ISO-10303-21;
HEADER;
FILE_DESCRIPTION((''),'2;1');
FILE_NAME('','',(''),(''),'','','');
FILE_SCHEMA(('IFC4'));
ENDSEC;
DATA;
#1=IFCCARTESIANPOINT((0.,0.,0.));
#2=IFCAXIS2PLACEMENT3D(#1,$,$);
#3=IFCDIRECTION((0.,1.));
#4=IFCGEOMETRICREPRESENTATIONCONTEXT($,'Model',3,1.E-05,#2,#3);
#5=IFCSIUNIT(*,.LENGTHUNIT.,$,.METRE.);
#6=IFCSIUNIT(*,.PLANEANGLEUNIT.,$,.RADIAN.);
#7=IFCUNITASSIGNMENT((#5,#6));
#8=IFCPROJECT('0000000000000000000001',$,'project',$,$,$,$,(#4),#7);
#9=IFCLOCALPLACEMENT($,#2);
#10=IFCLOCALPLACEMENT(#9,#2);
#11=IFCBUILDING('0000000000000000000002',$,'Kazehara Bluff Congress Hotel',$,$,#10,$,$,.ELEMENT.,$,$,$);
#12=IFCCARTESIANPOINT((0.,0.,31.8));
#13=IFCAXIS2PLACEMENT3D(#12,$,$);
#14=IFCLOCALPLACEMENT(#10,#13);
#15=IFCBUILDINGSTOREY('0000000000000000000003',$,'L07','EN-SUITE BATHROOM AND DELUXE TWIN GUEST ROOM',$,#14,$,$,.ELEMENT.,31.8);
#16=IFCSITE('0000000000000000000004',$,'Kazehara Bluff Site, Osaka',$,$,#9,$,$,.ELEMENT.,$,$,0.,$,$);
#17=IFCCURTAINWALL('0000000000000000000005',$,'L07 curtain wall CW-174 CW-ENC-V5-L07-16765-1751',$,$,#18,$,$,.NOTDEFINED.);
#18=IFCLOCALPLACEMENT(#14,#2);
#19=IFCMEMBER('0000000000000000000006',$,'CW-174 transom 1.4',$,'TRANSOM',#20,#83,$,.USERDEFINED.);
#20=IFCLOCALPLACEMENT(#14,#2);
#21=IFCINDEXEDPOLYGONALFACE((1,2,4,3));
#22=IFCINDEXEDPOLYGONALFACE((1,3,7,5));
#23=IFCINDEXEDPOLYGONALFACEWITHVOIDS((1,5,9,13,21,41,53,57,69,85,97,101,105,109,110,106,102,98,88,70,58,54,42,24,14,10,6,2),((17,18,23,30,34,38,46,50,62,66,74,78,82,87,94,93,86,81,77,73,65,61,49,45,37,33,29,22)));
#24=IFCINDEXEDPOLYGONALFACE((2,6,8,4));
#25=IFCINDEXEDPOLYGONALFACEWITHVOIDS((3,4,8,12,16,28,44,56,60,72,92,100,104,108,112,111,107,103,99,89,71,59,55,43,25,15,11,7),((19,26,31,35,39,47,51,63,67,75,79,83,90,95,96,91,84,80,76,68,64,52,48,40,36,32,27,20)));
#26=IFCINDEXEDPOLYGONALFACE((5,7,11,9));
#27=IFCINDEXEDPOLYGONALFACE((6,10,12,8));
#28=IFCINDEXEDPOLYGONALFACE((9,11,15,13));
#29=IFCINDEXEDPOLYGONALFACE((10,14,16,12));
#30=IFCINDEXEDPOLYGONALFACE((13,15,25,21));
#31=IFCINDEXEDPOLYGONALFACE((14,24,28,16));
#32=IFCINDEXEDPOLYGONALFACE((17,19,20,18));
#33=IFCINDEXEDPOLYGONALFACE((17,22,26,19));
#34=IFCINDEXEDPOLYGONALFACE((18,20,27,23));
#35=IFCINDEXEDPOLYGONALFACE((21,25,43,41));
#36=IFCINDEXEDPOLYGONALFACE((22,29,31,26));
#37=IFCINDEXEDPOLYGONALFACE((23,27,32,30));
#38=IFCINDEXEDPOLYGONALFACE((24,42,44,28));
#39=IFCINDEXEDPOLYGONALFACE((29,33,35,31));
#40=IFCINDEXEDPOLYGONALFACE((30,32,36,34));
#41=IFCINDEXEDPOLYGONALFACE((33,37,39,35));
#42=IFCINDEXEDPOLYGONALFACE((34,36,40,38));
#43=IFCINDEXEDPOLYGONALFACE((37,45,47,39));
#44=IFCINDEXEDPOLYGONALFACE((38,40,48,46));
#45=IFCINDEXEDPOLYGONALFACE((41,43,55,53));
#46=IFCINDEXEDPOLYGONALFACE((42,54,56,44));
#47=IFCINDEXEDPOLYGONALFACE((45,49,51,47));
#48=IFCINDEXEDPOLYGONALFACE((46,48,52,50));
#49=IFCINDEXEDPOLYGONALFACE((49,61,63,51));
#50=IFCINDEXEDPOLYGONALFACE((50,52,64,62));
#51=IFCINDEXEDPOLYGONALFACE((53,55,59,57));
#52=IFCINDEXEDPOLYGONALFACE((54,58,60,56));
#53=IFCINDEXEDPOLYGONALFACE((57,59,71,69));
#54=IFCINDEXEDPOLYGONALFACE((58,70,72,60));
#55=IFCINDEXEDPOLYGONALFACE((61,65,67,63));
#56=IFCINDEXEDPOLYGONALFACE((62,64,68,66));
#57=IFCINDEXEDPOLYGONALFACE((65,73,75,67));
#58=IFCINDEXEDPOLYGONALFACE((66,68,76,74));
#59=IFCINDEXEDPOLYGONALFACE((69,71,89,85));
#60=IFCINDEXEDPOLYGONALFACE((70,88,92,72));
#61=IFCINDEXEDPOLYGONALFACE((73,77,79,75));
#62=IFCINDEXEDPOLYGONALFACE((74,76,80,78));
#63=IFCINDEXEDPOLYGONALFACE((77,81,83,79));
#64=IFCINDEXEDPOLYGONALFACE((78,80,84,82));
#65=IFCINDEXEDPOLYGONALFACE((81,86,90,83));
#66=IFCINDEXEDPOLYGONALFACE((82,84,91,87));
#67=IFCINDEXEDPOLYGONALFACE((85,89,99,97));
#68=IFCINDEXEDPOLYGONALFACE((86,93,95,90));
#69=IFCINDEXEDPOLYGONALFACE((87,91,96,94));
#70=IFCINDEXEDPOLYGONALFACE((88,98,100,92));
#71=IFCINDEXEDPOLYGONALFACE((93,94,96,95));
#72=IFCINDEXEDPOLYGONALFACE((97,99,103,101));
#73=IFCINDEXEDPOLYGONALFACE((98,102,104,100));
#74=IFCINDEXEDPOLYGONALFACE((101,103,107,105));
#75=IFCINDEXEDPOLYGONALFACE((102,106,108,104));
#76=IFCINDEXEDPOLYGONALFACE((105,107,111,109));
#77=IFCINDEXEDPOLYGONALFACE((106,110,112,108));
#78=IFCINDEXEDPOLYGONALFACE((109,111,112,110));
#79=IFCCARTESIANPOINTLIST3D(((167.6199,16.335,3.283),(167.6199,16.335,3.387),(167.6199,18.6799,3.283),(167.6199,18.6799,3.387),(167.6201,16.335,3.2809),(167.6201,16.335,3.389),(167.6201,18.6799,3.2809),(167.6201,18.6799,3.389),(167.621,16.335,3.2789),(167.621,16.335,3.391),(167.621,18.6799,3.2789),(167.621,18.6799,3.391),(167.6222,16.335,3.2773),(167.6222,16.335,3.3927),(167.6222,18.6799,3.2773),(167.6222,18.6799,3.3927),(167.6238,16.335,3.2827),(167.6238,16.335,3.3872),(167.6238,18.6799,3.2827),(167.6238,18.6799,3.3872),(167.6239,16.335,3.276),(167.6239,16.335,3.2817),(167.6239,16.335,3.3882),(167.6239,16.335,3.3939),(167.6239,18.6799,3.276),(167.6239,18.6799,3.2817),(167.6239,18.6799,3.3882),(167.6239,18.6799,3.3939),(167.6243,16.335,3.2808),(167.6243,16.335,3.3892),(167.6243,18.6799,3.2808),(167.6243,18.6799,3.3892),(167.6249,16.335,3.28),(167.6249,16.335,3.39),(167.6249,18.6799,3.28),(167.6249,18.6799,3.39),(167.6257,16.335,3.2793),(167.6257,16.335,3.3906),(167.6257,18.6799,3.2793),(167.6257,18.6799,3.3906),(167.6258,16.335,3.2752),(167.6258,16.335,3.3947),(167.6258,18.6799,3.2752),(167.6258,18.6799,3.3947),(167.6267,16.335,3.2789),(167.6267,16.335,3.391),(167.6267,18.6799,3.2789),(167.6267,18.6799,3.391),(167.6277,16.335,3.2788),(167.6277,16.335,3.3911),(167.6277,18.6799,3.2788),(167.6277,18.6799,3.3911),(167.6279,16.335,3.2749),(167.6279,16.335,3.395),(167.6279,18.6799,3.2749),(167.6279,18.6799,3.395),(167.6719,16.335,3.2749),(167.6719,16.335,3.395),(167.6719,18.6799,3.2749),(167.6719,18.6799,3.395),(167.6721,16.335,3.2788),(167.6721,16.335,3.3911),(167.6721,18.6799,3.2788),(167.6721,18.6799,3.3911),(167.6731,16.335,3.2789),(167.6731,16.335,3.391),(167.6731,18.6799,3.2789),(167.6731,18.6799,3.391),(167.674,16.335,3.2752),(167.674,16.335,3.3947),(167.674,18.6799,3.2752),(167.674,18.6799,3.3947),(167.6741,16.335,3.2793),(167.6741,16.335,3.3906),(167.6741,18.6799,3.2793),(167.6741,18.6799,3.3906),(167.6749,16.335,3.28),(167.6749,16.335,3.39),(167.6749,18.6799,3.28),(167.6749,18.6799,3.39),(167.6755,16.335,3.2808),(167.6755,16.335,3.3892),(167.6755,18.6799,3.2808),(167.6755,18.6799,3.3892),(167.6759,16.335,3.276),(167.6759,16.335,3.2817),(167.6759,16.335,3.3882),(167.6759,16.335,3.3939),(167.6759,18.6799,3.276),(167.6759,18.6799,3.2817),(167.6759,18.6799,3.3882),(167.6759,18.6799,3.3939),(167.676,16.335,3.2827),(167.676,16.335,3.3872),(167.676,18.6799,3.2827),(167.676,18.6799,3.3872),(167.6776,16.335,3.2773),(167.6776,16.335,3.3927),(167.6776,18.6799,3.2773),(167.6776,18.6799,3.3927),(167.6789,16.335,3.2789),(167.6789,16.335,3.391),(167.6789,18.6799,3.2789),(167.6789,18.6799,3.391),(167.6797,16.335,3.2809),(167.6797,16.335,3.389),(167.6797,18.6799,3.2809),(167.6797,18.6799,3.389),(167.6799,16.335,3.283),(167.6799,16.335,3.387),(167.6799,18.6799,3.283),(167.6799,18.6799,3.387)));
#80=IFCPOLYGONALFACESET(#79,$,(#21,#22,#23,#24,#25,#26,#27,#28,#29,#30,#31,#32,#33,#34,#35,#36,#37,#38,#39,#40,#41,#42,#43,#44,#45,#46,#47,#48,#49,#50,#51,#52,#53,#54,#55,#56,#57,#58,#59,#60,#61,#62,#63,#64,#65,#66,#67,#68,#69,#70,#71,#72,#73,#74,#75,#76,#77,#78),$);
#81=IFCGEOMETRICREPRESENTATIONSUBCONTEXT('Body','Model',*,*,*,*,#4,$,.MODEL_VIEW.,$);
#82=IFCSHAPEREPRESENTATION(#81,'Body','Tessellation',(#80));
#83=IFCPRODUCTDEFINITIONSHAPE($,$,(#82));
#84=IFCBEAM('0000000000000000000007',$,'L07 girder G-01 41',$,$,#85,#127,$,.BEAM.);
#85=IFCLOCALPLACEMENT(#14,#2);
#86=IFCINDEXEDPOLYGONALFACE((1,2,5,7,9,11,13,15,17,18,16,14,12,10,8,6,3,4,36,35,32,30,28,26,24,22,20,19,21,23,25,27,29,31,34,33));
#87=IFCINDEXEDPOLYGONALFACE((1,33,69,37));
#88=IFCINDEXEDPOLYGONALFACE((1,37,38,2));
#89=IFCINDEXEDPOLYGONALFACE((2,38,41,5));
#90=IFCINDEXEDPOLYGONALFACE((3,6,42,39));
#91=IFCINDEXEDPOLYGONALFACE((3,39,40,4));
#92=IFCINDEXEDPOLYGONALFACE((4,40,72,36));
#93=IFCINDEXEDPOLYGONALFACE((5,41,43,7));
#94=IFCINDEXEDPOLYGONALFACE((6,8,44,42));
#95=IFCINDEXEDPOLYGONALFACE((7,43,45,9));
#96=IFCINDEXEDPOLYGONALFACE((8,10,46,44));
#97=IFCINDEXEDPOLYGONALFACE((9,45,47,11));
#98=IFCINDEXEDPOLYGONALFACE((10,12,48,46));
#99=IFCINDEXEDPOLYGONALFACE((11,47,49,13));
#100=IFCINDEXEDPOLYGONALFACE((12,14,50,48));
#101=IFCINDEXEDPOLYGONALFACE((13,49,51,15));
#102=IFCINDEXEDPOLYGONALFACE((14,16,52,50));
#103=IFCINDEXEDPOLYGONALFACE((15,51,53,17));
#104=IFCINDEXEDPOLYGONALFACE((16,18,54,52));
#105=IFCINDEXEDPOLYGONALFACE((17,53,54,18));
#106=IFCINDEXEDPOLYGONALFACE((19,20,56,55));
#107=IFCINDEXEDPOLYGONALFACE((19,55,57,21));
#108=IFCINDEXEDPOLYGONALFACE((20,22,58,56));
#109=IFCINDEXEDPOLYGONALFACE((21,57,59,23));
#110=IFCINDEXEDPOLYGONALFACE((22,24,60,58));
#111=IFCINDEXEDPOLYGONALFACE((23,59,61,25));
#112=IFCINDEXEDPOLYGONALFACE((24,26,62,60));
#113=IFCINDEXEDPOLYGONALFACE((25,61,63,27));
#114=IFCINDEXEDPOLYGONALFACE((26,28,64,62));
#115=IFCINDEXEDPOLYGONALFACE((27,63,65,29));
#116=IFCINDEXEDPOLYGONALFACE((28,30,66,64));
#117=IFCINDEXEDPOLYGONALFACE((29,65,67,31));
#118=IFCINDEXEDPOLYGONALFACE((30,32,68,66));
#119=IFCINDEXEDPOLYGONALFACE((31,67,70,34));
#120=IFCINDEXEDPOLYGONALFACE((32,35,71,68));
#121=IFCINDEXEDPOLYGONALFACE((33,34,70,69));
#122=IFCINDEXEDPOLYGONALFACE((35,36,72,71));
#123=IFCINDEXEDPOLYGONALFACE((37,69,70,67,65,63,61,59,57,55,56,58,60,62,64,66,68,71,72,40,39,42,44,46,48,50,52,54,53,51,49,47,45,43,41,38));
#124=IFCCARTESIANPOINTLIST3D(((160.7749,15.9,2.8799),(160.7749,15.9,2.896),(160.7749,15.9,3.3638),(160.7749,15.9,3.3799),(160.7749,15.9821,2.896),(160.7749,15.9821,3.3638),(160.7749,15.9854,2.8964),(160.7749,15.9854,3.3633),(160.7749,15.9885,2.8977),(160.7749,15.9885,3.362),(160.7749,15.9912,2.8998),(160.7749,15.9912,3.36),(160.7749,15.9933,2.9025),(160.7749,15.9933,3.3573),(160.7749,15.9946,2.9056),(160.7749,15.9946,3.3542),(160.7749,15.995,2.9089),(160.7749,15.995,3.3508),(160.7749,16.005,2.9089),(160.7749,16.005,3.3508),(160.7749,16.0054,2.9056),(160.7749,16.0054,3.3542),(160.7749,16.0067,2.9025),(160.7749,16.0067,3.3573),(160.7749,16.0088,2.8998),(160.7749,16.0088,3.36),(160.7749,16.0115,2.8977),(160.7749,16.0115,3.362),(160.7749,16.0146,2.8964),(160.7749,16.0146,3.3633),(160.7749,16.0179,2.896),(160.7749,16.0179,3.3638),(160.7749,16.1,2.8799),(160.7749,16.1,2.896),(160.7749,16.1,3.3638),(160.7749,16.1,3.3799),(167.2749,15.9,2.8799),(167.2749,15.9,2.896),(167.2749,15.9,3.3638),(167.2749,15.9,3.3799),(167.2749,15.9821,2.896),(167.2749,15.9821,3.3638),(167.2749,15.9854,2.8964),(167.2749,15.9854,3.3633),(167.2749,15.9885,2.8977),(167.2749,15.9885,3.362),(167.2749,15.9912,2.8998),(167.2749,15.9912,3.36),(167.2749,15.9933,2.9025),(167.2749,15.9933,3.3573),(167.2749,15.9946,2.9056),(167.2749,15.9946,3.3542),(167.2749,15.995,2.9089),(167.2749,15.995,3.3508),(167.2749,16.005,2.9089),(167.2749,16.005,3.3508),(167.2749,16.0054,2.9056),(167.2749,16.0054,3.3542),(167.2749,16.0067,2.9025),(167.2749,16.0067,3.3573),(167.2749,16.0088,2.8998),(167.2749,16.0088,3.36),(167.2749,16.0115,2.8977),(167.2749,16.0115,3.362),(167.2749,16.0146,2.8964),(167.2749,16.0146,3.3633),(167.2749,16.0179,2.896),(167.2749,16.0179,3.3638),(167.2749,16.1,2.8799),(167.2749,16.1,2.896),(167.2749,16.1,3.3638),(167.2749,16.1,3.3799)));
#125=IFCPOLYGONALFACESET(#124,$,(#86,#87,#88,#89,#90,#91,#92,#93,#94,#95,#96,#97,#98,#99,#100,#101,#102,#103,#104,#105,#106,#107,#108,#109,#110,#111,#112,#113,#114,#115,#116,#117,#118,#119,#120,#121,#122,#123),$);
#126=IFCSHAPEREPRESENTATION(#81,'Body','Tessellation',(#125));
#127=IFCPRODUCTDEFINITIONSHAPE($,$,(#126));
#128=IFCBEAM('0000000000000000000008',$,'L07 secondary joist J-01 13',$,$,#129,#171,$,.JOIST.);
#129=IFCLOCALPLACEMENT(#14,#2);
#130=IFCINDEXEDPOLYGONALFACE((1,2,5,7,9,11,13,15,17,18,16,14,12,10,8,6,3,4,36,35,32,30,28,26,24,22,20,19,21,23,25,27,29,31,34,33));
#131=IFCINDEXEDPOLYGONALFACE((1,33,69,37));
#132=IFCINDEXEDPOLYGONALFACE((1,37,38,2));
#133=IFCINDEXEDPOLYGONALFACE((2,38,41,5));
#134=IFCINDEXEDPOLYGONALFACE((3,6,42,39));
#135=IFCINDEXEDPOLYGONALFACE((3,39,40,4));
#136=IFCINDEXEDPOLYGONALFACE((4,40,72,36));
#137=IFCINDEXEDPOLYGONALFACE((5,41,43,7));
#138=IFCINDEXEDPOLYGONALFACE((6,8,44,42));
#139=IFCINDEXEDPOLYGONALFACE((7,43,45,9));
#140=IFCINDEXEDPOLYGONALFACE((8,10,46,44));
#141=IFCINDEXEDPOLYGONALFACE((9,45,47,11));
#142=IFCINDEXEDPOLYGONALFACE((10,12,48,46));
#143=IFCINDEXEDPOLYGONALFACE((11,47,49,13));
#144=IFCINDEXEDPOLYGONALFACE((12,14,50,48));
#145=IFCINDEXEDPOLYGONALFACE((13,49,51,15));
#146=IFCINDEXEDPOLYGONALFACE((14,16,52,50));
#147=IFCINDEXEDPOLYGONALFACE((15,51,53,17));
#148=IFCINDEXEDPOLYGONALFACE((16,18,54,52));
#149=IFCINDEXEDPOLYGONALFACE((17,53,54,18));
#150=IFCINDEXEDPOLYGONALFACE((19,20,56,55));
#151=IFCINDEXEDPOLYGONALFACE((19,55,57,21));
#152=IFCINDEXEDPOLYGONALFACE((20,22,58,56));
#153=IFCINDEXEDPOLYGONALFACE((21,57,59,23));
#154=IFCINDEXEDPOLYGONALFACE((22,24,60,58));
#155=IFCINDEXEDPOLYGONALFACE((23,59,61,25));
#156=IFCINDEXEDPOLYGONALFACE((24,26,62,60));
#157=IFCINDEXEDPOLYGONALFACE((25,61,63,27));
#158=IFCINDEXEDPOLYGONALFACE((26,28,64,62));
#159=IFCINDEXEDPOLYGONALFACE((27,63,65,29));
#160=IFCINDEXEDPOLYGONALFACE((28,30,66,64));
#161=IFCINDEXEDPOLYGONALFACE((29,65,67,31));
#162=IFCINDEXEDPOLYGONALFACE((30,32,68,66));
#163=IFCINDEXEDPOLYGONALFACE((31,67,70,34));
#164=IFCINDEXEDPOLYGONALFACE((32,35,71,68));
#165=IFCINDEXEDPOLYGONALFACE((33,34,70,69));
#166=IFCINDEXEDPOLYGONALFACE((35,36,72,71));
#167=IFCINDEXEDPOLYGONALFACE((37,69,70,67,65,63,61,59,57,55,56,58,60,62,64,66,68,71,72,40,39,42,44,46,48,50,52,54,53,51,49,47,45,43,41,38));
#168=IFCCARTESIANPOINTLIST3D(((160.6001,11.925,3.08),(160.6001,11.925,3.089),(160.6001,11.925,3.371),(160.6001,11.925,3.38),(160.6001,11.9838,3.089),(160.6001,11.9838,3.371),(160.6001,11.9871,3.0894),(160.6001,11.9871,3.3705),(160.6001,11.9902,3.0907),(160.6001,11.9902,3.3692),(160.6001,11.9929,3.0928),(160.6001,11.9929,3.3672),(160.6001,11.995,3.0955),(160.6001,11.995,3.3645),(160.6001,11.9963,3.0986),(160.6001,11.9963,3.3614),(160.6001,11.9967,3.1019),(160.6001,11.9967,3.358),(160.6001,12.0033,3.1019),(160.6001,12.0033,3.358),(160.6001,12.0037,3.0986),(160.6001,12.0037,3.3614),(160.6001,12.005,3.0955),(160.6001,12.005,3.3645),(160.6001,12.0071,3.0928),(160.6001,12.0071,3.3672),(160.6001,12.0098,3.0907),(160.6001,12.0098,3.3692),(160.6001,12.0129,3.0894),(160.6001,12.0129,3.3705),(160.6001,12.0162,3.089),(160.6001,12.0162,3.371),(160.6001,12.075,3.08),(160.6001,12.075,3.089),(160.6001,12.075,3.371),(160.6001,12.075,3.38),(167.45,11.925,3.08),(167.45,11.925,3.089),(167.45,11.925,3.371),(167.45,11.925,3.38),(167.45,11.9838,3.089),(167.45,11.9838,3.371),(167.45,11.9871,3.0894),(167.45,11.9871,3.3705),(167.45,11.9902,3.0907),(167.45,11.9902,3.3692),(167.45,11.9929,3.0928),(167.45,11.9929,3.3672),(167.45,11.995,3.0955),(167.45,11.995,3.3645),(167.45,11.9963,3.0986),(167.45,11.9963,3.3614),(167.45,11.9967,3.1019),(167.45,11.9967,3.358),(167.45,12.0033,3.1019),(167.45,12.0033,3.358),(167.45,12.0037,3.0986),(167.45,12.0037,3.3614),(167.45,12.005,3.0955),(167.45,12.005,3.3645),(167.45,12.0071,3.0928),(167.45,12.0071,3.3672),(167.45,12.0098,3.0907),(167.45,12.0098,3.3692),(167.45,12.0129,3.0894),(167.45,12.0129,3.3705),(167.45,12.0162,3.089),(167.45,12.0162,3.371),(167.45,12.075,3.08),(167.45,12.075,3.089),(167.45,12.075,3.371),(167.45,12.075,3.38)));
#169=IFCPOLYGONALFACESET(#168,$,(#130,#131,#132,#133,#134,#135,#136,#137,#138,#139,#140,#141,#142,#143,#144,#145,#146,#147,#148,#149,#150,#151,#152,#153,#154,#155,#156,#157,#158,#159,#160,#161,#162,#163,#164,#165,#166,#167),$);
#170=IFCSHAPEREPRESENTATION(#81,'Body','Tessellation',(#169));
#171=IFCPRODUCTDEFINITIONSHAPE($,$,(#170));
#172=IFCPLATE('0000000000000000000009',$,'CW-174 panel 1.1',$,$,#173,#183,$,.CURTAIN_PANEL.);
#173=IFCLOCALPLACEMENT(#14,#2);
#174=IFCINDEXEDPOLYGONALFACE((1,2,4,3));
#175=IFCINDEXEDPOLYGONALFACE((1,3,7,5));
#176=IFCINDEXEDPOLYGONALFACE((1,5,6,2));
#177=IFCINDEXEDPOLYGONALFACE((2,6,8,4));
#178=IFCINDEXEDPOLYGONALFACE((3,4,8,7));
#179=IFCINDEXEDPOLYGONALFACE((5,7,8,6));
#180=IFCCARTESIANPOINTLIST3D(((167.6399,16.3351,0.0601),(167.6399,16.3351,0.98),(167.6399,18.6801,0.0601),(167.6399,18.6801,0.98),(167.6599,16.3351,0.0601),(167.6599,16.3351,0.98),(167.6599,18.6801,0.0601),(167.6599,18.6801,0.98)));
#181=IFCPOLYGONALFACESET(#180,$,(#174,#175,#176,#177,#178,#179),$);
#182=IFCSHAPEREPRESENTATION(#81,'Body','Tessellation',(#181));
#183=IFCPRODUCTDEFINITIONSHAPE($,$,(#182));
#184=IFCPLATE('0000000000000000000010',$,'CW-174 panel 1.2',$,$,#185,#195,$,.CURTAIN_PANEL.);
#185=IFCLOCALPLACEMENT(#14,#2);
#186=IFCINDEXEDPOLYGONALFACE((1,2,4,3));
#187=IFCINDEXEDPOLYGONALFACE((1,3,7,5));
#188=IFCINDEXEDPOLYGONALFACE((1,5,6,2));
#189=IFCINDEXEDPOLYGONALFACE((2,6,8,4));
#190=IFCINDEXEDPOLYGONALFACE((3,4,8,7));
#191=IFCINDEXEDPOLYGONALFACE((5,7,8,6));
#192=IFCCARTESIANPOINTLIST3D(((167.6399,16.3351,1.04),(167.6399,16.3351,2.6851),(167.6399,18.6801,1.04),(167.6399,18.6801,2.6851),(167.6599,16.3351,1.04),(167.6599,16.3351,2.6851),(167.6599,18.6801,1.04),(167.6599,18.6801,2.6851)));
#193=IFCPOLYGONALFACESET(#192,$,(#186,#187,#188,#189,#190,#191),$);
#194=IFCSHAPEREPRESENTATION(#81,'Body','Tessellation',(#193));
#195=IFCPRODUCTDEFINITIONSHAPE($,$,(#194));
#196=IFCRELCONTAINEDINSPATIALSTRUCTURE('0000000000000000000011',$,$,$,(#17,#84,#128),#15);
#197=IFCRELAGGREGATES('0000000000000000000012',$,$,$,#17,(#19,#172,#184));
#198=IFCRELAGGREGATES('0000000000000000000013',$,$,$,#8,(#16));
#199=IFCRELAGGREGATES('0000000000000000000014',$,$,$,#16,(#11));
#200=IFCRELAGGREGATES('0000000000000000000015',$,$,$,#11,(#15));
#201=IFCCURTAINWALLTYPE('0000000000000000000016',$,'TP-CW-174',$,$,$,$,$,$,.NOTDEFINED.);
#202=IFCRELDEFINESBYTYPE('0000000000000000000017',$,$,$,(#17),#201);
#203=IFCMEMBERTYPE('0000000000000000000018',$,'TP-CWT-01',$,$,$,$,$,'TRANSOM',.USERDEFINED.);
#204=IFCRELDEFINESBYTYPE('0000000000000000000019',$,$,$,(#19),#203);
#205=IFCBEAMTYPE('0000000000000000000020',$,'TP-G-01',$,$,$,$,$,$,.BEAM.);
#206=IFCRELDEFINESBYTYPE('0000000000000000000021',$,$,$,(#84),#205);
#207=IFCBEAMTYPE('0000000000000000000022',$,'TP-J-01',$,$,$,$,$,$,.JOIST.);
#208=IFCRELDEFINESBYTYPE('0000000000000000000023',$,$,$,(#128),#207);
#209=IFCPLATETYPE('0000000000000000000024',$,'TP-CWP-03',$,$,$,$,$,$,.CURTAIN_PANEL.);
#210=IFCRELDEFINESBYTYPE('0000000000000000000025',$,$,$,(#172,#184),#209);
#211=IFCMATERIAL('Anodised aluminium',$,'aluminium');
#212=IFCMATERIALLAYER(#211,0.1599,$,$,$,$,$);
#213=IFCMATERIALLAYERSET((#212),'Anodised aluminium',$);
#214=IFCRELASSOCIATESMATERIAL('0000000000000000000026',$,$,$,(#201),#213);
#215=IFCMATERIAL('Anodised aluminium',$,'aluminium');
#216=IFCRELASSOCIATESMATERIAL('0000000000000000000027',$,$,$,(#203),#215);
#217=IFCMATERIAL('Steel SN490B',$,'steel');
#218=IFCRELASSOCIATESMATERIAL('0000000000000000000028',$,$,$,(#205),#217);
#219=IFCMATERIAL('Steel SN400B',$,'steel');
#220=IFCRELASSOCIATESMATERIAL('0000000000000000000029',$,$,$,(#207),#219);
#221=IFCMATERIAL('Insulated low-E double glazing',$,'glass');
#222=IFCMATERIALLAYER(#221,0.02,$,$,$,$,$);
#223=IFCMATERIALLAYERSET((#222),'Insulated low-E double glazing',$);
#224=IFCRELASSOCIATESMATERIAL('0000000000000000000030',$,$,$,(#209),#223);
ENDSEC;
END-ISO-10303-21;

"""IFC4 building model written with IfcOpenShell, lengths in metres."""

from ifc_helpers import new_model, si_unit, direction, frame, origin, origin_2d, place, context, subcontext, project, spatial, rectangle, hollow_rectangle, i_section, extrude, material, layer, layer_set, material_profile, profile_set, type_object, element, aggregate, save


model = new_model("IFC4")

# Units and contexts
model_context = context("Model", 3, precision=1e-05, world=origin(), true_north=direction((0.0, 1.0)))
body_context = subcontext(model_context, "Body", "Model", "MODEL_VIEW")
ifc_project = project(units=[si_unit("LENGTHUNIT", "METRE"), si_unit("PLANEANGLEUNIT", "RADIAN")], contexts=[model_context])

# Site, building, storey
site_placement = place(None, origin())
site = spatial("IfcSite", under=ifc_project, at=site_placement, Name="Kazehara Bluff Site, Osaka", CompositionType="ELEMENT", RefElevation=0.0)
building_placement = place(site_placement, origin())
building = spatial("IfcBuilding", under=site, at=building_placement, Name="Kazehara Bluff Congress Hotel", CompositionType="ELEMENT")
storey_placement = place(building_placement, frame((0.0, 0.0, 31.8)))
storey = spatial("IfcBuildingStorey", under=building, at=storey_placement, Name="L07", Description="EN-SUITE BATHROOM AND DELUXE TWIN GUEST ROOM", CompositionType="ELEMENT", Elevation=31.8)

# Curtain wall, member
ifc_material_1 = material(Name="Anodised aluminium", Category="aluminium")
ifc_layer_1 = layer(ifc_material_1, 0.1599)
ifc_layer_set_1 = layer_set([ifc_layer_1], Name="Anodised aluminium")
curtain_wall_type = type_object("IfcCurtainWallType", Name="TP-CW-174", PredefinedType="NOTDEFINED", material=ifc_layer_set_1)
curtain_wall_placement = place(storey_placement, origin())
curtain_wall = element("IfcCurtainWall", 1, at=curtain_wall_placement, inside=storey, type_object=curtain_wall_type, Name="L07 curtain wall CW-174 CW-ENC-V5-L07-16765-1751", PredefinedType="NOTDEFINED")
ifc_material_2 = material(Name="Anodised aluminium", Category="aluminium")
ifc_material_profile_1 = material_profile(ifc_material_2, hollow_rectangle(XDim=0.0601, YDim=0.1201, WallThickness=0.0039, InnerFilletRadius=0.0039, OuterFilletRadius=0.0081, at=origin_2d()))
ifc_profile_set_1 = profile_set([ifc_material_profile_1], Name="Anodised aluminium")
member_type_1 = type_object("IfcMemberType", Name="TP-CWT-01", ElementType="TRANSOM", PredefinedType="USERDEFINED", material=ifc_profile_set_1)
member_1_placement = place(storey_placement, frame((167.6499, 18.6799, 3.335), z_axis=(0.0, -1.0, 0.0), x_axis=(1.0, 0.0, 0.0)))
member_1 = element("IfcMember", 2, at=member_1_placement, type_object=member_type_1, Name="CW-174 transom 1.4", ObjectType="TRANSOM", PredefinedType="USERDEFINED", context=body_context, shape_type="SweptSolid", body=[
    extrude(hollow_rectangle(XDim=0.0601, YDim=0.1201, WallThickness=0.0039, InnerFilletRadius=0.0039, OuterFilletRadius=0.0081, at=origin_2d()), origin(), (0.0, 0.0, 1.0), 2.345),
])

# Beams
ifc_material_3 = material(Name="Steel SN490B", Category="steel")
ifc_material_profile_2 = material_profile(ifc_material_3, i_section(OverallWidth=0.2, OverallDepth=0.5, WebThickness=0.01, FlangeThickness=0.0161, FilletRadius=0.0129, at=origin_2d()))
ifc_profile_set_2 = profile_set([ifc_material_profile_2], Name="Steel SN490B")
beam_type_1 = type_object("IfcBeamType", Name="TP-G-01", PredefinedType="BEAM", material=ifc_profile_set_2)
beam_1_placement = place(storey_placement, frame((160.7749, 16.0, 3.1299), z_axis=(1.0, 0.0, 0.0), x_axis=(0.0, 1.0, 0.0)))
element("IfcBeam", 3, at=beam_1_placement, inside=storey, type_object=beam_type_1, Name="L07 girder G-01 41", PredefinedType="BEAM", context=body_context, shape_type="SweptSolid", body=[
    extrude(i_section(OverallWidth=0.2, OverallDepth=0.5, WebThickness=0.01, FlangeThickness=0.0161, FilletRadius=0.0129, at=origin_2d()), origin(), (0.0, 0.0, 1.0), 6.5),
])
ifc_material_4 = material(Name="Steel SN400B", Category="steel")
ifc_material_profile_3 = material_profile(ifc_material_4, i_section(OverallWidth=0.1499, OverallDepth=0.3, WebThickness=0.0066, FlangeThickness=0.009, FilletRadius=0.0129, at=origin_2d()))
ifc_profile_set_3 = profile_set([ifc_material_profile_3], Name="Steel SN400B")
beam_type_2 = type_object("IfcBeamType", Name="TP-J-01", PredefinedType="JOIST", material=ifc_profile_set_3)
beam_2_placement = place(storey_placement, frame((160.6001, 12.0, 3.23), z_axis=(1.0, 0.0, 0.0), x_axis=(0.0, 1.0, 0.0)))
element("IfcBeam", 4, at=beam_2_placement, inside=storey, type_object=beam_type_2, Name="L07 secondary joist J-01 13", PredefinedType="JOIST", context=body_context, shape_type="SweptSolid", body=[
    extrude(i_section(OverallWidth=0.1499, OverallDepth=0.3, WebThickness=0.0066, FlangeThickness=0.009, FilletRadius=0.0129, at=origin_2d()), origin(), (0.0, 0.0, 1.0), 6.8499),
])

# Plates
ifc_material_5 = material(Name="Insulated low-E double glazing", Category="glass")
ifc_layer_2 = layer(ifc_material_5, 0.02)
ifc_layer_set_2 = layer_set([ifc_layer_2], Name="Insulated low-E double glazing")
plate_type = type_object("IfcPlateType", Name="TP-CWP-03", PredefinedType="CURTAIN_PANEL", material=ifc_layer_set_2)
plate_1_placement = place(storey_placement, frame((167.6499, 17.5076, 0.0601), z_axis=(0.0, 0.0, 1.0), x_axis=(0.0, -1.0, 0.0)))
plate_1 = element("IfcPlate", 5, at=plate_1_placement, type_object=plate_type, Name="CW-174 panel 1.1", PredefinedType="CURTAIN_PANEL", context=body_context, shape_type="SweptSolid", body=[
    extrude(rectangle(XDim=2.345, YDim=0.02, at=origin_2d()), origin(), (0.0, 0.0, 1.0), 0.9199),
])
plate_2_placement = place(storey_placement, frame((167.6499, 17.5076, 1.04), z_axis=(0.0, 0.0, 1.0), x_axis=(0.0, -1.0, 0.0)))
plate_2 = element("IfcPlate", 6, at=plate_2_placement, type_object=plate_type, Name="CW-174 panel 1.2", PredefinedType="CURTAIN_PANEL", context=body_context, shape_type="SweptSolid", body=[
    extrude(rectangle(XDim=2.345, YDim=0.02, at=origin_2d()), origin(), (0.0, 0.0, 1.0), 1.645),
])
aggregate(curtain_wall, [member_1, plate_1, plate_2])

save(model, "model.ifc")
